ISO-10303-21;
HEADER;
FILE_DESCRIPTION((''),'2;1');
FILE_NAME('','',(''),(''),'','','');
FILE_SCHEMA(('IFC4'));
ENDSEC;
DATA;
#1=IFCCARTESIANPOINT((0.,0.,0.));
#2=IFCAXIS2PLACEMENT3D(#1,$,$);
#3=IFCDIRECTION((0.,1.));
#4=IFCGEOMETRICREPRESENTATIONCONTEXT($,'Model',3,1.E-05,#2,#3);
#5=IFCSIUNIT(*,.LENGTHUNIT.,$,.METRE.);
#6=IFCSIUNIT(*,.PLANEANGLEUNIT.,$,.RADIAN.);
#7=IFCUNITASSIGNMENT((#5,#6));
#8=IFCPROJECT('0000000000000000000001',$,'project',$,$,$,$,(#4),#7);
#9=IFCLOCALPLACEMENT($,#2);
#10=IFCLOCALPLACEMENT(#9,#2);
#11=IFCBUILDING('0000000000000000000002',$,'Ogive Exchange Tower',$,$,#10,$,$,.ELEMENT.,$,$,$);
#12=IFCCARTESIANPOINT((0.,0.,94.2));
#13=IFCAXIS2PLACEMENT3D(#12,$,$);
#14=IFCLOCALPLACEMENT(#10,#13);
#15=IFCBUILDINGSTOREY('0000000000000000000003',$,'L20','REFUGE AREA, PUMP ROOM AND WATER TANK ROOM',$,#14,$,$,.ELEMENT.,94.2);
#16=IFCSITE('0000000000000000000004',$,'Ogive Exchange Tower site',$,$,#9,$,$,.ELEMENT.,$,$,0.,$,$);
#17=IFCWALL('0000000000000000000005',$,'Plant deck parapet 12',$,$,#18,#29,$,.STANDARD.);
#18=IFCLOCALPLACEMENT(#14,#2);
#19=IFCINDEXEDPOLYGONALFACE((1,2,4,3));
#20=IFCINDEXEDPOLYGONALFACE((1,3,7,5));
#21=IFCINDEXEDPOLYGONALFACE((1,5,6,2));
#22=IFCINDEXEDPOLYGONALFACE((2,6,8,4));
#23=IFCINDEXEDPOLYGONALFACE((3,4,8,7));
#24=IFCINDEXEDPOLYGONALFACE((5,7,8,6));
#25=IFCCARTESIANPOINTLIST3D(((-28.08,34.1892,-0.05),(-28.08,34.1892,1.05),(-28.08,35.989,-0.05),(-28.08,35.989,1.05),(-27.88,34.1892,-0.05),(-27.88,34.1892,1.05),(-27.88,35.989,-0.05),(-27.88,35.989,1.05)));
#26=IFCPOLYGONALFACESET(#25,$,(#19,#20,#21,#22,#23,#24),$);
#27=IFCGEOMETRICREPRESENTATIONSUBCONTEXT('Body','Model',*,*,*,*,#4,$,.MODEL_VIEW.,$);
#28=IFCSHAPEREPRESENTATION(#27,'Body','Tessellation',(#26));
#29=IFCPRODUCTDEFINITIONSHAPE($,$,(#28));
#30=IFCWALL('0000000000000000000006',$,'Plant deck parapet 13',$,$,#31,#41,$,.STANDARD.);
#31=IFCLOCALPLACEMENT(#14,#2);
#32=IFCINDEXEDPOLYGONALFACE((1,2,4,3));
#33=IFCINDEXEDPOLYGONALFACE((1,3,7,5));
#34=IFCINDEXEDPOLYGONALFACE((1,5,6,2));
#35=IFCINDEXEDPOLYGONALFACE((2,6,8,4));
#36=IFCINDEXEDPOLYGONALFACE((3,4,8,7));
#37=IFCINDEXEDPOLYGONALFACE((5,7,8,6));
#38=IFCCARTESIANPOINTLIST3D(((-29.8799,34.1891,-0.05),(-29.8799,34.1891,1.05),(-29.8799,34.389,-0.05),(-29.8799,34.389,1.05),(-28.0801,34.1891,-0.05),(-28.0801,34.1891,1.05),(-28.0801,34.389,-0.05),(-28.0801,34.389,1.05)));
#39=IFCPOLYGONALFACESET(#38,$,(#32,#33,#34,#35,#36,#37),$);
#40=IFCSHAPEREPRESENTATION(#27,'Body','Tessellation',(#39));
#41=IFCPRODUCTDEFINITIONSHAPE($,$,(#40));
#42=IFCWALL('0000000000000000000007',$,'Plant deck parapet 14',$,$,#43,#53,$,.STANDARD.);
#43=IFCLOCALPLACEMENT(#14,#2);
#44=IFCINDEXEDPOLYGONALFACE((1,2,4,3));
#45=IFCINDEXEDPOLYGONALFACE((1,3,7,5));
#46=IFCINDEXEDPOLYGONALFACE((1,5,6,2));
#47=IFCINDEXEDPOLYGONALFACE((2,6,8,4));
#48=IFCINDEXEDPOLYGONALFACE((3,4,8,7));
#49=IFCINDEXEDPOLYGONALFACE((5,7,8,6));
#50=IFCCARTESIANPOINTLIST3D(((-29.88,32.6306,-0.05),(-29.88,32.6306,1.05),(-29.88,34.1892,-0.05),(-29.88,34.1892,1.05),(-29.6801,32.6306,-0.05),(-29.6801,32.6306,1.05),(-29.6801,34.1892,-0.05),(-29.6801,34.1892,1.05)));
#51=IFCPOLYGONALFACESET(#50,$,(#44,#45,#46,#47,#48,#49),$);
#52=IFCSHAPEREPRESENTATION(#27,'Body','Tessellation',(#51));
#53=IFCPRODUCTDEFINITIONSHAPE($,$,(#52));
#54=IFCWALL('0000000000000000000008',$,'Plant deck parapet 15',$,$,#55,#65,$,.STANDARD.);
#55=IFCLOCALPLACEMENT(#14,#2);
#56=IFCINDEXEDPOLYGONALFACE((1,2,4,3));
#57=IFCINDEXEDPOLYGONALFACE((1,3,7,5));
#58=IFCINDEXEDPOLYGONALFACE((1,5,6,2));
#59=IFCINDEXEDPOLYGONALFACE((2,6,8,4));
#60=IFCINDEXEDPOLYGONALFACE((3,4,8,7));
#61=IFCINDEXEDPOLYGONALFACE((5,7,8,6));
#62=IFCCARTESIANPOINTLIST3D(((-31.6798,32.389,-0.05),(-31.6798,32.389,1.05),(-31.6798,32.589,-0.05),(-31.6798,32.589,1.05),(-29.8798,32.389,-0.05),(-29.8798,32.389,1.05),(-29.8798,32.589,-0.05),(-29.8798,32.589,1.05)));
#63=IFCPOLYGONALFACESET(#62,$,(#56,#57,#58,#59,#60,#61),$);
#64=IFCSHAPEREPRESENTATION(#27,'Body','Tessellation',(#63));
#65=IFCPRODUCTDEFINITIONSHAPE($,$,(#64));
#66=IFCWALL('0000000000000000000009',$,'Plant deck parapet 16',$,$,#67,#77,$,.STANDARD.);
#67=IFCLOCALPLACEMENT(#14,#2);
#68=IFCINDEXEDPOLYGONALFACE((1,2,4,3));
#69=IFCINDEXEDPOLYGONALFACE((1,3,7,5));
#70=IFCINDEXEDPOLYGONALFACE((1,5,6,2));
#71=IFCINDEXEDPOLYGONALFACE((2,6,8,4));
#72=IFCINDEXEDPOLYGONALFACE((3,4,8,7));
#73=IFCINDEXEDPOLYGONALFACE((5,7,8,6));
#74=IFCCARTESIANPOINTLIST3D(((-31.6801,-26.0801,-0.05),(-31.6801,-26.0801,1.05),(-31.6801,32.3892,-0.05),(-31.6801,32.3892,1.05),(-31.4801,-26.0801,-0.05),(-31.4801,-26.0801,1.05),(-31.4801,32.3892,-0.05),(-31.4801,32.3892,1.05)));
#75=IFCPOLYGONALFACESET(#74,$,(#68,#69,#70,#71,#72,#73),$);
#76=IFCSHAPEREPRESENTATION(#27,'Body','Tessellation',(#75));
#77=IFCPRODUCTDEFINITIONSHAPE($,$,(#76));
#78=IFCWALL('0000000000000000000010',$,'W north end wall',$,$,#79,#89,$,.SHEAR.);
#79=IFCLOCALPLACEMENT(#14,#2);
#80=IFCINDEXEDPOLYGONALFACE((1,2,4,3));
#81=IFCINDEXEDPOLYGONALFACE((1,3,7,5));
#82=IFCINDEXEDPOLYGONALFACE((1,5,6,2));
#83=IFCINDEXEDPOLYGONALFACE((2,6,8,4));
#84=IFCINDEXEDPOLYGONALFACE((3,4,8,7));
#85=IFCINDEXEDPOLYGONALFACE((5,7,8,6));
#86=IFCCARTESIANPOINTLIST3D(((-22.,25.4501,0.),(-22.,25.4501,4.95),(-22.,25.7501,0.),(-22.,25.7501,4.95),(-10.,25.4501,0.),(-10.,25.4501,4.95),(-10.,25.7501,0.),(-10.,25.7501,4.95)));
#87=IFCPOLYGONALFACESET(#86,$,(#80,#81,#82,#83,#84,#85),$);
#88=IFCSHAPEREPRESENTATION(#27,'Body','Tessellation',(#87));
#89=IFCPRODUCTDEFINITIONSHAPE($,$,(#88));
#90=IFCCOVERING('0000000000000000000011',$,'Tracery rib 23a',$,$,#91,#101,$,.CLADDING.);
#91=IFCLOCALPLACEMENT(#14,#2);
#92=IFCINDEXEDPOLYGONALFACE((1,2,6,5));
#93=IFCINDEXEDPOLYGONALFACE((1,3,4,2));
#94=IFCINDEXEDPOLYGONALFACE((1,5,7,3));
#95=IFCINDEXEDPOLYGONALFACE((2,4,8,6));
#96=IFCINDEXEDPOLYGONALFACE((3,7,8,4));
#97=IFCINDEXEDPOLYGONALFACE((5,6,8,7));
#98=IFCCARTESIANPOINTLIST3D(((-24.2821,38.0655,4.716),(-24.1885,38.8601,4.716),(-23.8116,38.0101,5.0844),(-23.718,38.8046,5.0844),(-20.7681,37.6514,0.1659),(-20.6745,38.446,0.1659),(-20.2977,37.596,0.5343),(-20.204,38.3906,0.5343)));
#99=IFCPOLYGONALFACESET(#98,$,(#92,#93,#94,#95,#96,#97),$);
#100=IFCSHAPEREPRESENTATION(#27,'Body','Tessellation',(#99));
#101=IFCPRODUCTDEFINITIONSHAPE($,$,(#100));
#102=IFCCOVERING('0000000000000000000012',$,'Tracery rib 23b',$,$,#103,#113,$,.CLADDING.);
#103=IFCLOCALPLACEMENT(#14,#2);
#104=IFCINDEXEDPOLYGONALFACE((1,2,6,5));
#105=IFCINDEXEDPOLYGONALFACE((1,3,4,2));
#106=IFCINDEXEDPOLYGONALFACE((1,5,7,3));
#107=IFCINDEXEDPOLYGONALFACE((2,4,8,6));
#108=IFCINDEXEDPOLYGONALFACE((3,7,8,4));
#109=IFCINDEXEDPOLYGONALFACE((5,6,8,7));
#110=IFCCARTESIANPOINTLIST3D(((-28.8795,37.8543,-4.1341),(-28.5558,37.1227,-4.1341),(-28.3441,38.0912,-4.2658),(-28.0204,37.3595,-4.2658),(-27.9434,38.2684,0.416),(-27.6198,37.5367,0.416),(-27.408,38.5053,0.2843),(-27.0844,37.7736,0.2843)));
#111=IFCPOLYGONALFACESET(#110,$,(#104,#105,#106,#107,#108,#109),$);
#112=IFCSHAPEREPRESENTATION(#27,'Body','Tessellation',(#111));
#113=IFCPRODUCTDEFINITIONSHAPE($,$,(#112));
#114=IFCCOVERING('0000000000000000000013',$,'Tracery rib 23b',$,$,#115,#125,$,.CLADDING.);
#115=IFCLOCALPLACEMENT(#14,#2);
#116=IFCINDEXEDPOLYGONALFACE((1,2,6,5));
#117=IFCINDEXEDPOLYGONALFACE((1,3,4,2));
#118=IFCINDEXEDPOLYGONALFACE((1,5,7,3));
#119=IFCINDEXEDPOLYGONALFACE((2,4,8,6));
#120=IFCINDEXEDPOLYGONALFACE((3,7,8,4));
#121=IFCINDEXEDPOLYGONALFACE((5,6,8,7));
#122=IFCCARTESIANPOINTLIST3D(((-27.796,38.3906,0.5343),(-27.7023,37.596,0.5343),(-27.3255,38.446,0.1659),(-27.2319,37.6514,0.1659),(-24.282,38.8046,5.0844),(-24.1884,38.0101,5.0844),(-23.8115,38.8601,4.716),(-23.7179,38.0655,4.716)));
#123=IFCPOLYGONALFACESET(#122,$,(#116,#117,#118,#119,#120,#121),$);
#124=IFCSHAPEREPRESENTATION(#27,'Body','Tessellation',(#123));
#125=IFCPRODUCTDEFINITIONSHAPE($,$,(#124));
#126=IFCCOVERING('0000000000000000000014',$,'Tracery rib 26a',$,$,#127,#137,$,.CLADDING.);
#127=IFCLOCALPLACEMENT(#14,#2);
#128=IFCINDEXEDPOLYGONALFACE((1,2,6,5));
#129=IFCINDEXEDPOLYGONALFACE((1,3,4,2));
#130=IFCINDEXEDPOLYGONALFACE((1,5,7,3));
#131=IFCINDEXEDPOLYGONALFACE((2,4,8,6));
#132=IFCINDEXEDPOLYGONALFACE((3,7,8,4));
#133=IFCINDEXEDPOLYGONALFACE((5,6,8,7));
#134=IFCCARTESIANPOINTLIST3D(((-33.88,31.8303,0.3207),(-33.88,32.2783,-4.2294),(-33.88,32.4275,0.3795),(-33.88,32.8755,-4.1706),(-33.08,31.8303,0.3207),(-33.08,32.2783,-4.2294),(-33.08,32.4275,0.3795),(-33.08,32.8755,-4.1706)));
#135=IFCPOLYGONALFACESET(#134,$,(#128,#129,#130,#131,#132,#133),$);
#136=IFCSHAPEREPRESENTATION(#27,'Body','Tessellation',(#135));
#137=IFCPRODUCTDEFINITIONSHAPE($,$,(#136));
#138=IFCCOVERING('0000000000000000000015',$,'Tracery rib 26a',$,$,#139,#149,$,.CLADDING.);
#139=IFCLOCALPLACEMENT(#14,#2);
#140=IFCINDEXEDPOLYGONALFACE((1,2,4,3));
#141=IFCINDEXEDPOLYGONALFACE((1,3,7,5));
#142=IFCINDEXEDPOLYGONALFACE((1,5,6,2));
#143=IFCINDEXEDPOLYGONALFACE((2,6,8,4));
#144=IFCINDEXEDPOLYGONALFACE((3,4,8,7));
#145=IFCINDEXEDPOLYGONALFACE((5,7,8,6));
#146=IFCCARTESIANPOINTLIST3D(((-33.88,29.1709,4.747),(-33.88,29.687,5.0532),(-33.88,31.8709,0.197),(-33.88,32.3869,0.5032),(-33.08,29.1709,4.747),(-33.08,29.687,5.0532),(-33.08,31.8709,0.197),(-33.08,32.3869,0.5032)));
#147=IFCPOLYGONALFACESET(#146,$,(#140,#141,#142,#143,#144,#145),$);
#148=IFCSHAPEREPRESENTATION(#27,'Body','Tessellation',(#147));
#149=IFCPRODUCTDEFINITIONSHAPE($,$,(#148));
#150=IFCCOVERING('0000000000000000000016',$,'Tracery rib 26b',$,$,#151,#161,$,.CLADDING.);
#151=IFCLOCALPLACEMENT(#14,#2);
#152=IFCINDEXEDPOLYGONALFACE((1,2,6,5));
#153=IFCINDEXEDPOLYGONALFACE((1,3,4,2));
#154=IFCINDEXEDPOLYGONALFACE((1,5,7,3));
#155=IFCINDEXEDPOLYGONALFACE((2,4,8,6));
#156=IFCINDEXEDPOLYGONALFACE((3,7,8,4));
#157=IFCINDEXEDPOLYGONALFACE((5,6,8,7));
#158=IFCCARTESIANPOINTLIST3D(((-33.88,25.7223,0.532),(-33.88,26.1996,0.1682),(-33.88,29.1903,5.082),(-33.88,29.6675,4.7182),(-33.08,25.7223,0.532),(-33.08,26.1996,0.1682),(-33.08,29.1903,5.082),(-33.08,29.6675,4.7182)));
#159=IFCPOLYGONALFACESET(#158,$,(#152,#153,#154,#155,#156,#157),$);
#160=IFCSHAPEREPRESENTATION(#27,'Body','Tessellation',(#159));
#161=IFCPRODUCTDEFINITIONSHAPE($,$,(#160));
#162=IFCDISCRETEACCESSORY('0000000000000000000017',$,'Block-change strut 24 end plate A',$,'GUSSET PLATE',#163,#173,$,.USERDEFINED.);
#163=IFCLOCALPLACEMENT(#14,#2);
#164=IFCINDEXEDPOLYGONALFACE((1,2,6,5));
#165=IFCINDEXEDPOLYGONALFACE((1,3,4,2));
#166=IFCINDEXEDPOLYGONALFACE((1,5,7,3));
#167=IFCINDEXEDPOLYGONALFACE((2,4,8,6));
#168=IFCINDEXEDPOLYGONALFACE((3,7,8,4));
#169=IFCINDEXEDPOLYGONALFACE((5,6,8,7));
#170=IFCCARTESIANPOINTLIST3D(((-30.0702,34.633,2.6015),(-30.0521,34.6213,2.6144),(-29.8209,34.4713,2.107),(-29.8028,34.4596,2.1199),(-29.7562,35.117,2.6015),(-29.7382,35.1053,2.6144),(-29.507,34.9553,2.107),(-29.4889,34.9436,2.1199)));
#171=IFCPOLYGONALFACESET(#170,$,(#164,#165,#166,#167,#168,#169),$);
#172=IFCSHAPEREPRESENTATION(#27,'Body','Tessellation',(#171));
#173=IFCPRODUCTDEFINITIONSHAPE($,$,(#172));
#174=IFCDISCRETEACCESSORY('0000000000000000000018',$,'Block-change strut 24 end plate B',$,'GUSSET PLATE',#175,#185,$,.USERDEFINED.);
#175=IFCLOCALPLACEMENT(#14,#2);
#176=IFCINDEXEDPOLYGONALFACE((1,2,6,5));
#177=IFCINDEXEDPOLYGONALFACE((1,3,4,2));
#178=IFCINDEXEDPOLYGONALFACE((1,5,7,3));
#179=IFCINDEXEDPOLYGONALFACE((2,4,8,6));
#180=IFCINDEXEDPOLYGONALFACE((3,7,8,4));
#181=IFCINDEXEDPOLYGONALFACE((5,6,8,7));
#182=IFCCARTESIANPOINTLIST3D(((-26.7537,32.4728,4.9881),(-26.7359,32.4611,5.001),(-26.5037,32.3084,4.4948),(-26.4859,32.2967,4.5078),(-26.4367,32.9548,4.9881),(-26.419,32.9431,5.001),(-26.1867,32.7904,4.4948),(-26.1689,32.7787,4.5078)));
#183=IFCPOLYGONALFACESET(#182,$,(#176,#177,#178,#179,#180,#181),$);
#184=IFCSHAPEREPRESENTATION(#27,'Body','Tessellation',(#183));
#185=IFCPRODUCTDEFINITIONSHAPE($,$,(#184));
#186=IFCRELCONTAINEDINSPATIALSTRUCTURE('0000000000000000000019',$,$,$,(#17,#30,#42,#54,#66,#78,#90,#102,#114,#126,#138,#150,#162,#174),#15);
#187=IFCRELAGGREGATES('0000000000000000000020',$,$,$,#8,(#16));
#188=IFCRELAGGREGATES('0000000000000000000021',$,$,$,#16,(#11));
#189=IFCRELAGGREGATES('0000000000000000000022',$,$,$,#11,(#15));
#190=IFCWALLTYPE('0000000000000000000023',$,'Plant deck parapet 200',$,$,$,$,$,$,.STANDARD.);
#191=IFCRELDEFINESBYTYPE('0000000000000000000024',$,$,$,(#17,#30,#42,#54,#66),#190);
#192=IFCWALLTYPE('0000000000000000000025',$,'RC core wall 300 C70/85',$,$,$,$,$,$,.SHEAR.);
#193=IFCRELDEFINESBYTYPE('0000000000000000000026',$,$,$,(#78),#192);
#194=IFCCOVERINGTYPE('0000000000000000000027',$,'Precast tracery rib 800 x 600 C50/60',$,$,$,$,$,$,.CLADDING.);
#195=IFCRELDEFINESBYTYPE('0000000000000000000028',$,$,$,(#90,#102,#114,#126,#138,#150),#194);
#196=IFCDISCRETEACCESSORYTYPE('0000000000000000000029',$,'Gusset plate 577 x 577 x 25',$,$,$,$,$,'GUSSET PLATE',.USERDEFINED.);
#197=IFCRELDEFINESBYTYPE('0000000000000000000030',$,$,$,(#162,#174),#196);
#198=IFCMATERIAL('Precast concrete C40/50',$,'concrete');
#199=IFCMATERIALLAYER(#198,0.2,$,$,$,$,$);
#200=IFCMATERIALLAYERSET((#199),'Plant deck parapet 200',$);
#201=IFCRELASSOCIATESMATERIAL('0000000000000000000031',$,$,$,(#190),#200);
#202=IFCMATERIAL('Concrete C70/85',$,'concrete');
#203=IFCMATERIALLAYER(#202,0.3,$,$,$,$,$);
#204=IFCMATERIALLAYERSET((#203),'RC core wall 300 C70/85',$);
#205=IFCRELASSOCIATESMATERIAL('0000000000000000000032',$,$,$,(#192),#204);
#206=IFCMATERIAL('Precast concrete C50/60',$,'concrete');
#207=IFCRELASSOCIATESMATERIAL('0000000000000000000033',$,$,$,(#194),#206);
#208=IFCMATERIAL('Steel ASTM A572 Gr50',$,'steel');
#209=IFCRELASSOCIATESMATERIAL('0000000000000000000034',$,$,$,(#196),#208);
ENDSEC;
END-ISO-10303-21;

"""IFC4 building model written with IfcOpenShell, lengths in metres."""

from ifc_helpers import new_model, si_unit, direction, frame, frame_2d, origin, origin_2d, place, context, subcontext, project, spatial, rectangle, extrude, material, layer, layer_set, material_profile, profile_set, type_object, element, save


model = new_model("IFC4")

# Units and contexts
model_context = context("Model", 3, precision=1e-05, world=origin(), true_north=direction((0.0, 1.0)))
body_context = subcontext(model_context, "Body", "Model", "MODEL_VIEW")
ifc_project = project(units=[si_unit("LENGTHUNIT", "METRE"), si_unit("PLANEANGLEUNIT", "RADIAN")], contexts=[model_context])

# Site, building, storey
site_placement = place(None, origin())
site = spatial("IfcSite", under=ifc_project, at=site_placement, Name="Ogive Exchange Tower site", CompositionType="ELEMENT", RefElevation=0.0)
building_placement = place(site_placement, origin())
building = spatial("IfcBuilding", under=site, at=building_placement, Name="Ogive Exchange Tower", CompositionType="ELEMENT")
storey_placement = place(building_placement, frame((0.0, 0.0, 94.2)))
storey = spatial("IfcBuildingStorey", under=building, at=storey_placement, Name="L20", Description="REFUGE AREA, PUMP ROOM AND WATER TANK ROOM", CompositionType="ELEMENT", Elevation=94.2)

# Walls
ifc_material_1 = material(Name="Precast concrete C40/50", Category="concrete")
ifc_layer_1 = layer(ifc_material_1, 0.2)
ifc_layer_set_1 = layer_set([ifc_layer_1], Name="Plant deck parapet 200")
wall_type_1 = type_object("IfcWallType", Name="Plant deck parapet 200", PredefinedType="STANDARD", material=ifc_layer_set_1)
for number, where, z_axis, x_axis, name in (
    (1, (-27.98, 35.989, -0.05), (0.0, 0.0, 1.0), (0.0, -1.0, 0.0), "Plant deck parapet 12"),
    (2, (-28.0801, 34.2891, -0.05), (0.0, 0.0, 1.0), (-1.0, 0.0, 0.0), "Plant deck parapet 13"),
):
    element("IfcWall", number, at=place(storey_placement, frame(where, z_axis=z_axis, x_axis=x_axis)), inside=storey, type_object=wall_type_1, Name=name, PredefinedType="STANDARD", context=body_context, shape_type="SweptSolid", body=[
        extrude(rectangle(XDim=1.7998, YDim=0.2, at=frame_2d((0.8999, 0.0))), origin(), (0.0, 0.0, 1.0), 1.1001),
    ])
wall_1_placement = place(storey_placement, frame((-29.78, 34.1892, -0.05), z_axis=(0.0, 0.0, 1.0), x_axis=(0.0, -1.0, 0.0)))
element("IfcWall", 3, at=wall_1_placement, inside=storey, type_object=wall_type_1, Name="Plant deck parapet 14", PredefinedType="STANDARD", context=body_context, shape_type="SweptSolid", body=[
    extrude(rectangle(XDim=1.5586, YDim=0.2, at=frame_2d((0.7793, 0.0))), origin(), (0.0, 0.0, 1.0), 1.1001),
])
wall_2_placement = place(storey_placement, frame((-29.8799, 32.489, -0.05), z_axis=(0.0, 0.0, 1.0), x_axis=(-1.0, 0.0, 0.0)))
element("IfcWall", 4, at=wall_2_placement, inside=storey, type_object=wall_type_1, Name="Plant deck parapet 15", PredefinedType="STANDARD", context=body_context, shape_type="SweptSolid", body=[
    extrude(rectangle(XDim=1.8, YDim=0.2, at=frame_2d((0.8999, 0.0))), origin(), (0.0, 0.0, 1.0), 1.1001),
])
wall_3_placement = place(storey_placement, frame((-31.5801, 32.3892, -0.05), z_axis=(0.0, 0.0, 1.0), x_axis=(0.0, -1.0, 0.0)))
element("IfcWall", 5, at=wall_3_placement, inside=storey, type_object=wall_type_1, Name="Plant deck parapet 16", PredefinedType="STANDARD", context=body_context, shape_type="SweptSolid", body=[
    extrude(rectangle(XDim=58.4692, YDim=0.2, at=frame_2d((29.2346, 0.0))), origin(), (0.0, 0.0, 1.0), 1.1001),
])
ifc_material_2 = material(Name="Concrete C70/85", Category="concrete")
ifc_layer_2 = layer(ifc_material_2, 0.3)
ifc_layer_set_2 = layer_set([ifc_layer_2], Name="RC core wall 300 C70/85")
wall_type_2 = type_object("IfcWallType", Name="RC core wall 300 C70/85", PredefinedType="SHEAR", material=ifc_layer_set_2)
wall_4_placement = place(storey_placement, frame((-22.0, 25.6001, 0.0), z_axis=(0.0, 0.0, 1.0), x_axis=(1.0, 0.0, 0.0)))
element("IfcWall", 6, at=wall_4_placement, inside=storey, type_object=wall_type_2, Name="W north end wall", PredefinedType="SHEAR", context=body_context, shape_type="SweptSolid", body=[
    extrude(rectangle(XDim=12.0, YDim=0.3, at=frame_2d((6.0, 0.0))), origin(), (0.0, 0.0, 1.0), 4.95),
])

# Coverings
ifc_material_3 = material(Name="Precast concrete C50/60", Category="concrete")
ifc_material_profile_1 = material_profile(ifc_material_3, rectangle(XDim=0.8, YDim=0.6001, at=origin_2d()), Name="RIB 800 x 600")
ifc_profile_set_1 = profile_set([ifc_material_profile_1], Name="Precast concrete C50/60")
covering_type = type_object("IfcCoveringType", Name="Precast tracery rib 800 x 600 C50/60", PredefinedType="CLADDING", material=ifc_profile_set_1)
covering_1_placement = place(storey_placement, frame((-20.4861, 38.021, 0.3501), z_axis=(-0.609647, 0.071838, 0.789411), x_axis=(-0.117025, -0.993129, 0.0)))
element("IfcCovering", 7, at=covering_1_placement, inside=storey, type_object=covering_type, Name="Tracery rib 23a", PredefinedType="CLADDING", context=body_context, shape_type="SweptSolid", body=[
    extrude(rectangle(XDim=0.8, YDim=0.6001, at=origin_2d()), origin(), (0.0, 0.0, 1.0), 5.7639),
])
covering_2_placement = place(storey_placement, frame((-28.45, 37.6069, -4.2), z_axis=(0.200704, 0.088783, 0.97562), x_axis=(-0.404544, 0.914518, 0.0)))
element("IfcCovering", 8, at=covering_2_placement, inside=storey, type_object=covering_type, Name="Tracery rib 23b", PredefinedType="CLADDING", context=body_context, shape_type="SweptSolid", body=[
    extrude(rectangle(XDim=0.8, YDim=0.6001, at=origin_2d()), origin(), (0.0, 0.0, 1.0), 4.6638),
])
covering_3_placement = place(storey_placement, frame((-27.5139, 38.021, 0.3501), z_axis=(0.609647, 0.071838, 0.789411), x_axis=(-0.117025, 0.993129, 0.0)))
element("IfcCovering", 9, at=covering_3_placement, inside=storey, type_object=covering_type, Name="Tracery rib 23b", PredefinedType="CLADDING", context=body_context, shape_type="SweptSolid", body=[
    extrude(rectangle(XDim=0.8, YDim=0.6001, at=origin_2d()), origin(), (0.0, 0.0, 1.0), 5.7639),
])
covering_4_placement = place(storey_placement, frame((-33.48, 32.5769, -4.2), z_axis=(0.0, -0.097986, 0.995188), x_axis=(1.0, 0.0, 0.0)))
element("IfcCovering", 10, at=covering_4_placement, inside=storey, type_object=covering_type, Name="Tracery rib 26a", PredefinedType="CLADDING", context=body_context, shape_type="SweptSolid", body=[
    extrude(rectangle(XDim=0.8, YDim=0.6001, at=origin_2d()), origin(), (0.0, 0.0, 1.0), 4.572),
])
covering_5_placement = place(storey_placement, frame((-33.48, 32.1289, 0.3501), z_axis=(0.0, -0.51031, 0.859991), x_axis=(1.0, 0.0, 0.0)))
element("IfcCovering", 11, at=covering_5_placement, inside=storey, type_object=covering_type, Name="Tracery rib 26a", PredefinedType="CLADDING", context=body_context, shape_type="SweptSolid", body=[
    extrude(rectangle(XDim=0.8, YDim=0.6001, at=origin_2d()), origin(), (0.0, 0.0, 1.0), 5.2908),
])
covering_6_placement = place(storey_placement, frame((-33.48, 25.9609, 0.3501), z_axis=(0.0, 0.606188, 0.795321), x_axis=(-1.0, 0.0, 0.0)))
element("IfcCovering", 12, at=covering_6_placement, inside=storey, type_object=covering_type, Name="Tracery rib 26b", PredefinedType="CLADDING", context=body_context, shape_type="SweptSolid", body=[
    extrude(rectangle(XDim=0.8, YDim=0.6001, at=origin_2d()), origin(), (0.0, 0.0, 1.0), 5.7209),
])

# Discrete accessories
ifc_material_4 = material(Name="Steel ASTM A572 Gr50", Category="steel")
ifc_material_profile_2 = material_profile(ifc_material_4, rectangle(XDim=0.5769, YDim=0.5769, at=origin_2d()), Name="PL 577 x 577 x 25")
ifc_profile_set_2 = profile_set([ifc_material_profile_2], Name="Steel ASTM A572 Gr50")
discrete_accessory_type_1 = type_object("IfcDiscreteAccessoryType", Name="Gusset plate 577 x 577 x 25", ElementType="GUSSET PLATE", PredefinedType="USERDEFINED", material=ifc_profile_set_2)
discrete_accessory_1_placement = place(storey_placement, frame((-29.7886, 34.7942, 2.3542), z_axis=(0.719125, -0.466459, 0.515049), x_axis=(0.544191, 0.838961, 0.0)))
element("IfcDiscreteAccessory", 13, at=discrete_accessory_1_placement, inside=storey, type_object=discrete_accessory_type_1, Name="Block-change strut 24 end plate A", ObjectType="GUSSET PLATE", PredefinedType="USERDEFINED", context=body_context, shape_type="SweptSolid", body=[
    extrude(rectangle(XDim=0.5769, YDim=0.5769, at=origin_2d()), origin(), (0.0, 0.0, 1.0), 0.0251),
])
discrete_accessory_2_placement = place(storey_placement, frame((-26.4702, 32.6316, 4.7415), z_axis=(0.714383, -0.469731, 0.518662), x_axis=(0.549406, 0.835555, 0.0)))
element("IfcDiscreteAccessory", 14, at=discrete_accessory_2_placement, inside=storey, type_object=discrete_accessory_type_1, Name="Block-change strut 24 end plate B", ObjectType="GUSSET PLATE", PredefinedType="USERDEFINED", context=body_context, shape_type="SweptSolid", body=[
    extrude(rectangle(XDim=0.5769, YDim=0.5769, at=origin_2d()), origin(), (0.0, 0.0, 1.0), 0.0249),
])

save(model, "model.ifc")
